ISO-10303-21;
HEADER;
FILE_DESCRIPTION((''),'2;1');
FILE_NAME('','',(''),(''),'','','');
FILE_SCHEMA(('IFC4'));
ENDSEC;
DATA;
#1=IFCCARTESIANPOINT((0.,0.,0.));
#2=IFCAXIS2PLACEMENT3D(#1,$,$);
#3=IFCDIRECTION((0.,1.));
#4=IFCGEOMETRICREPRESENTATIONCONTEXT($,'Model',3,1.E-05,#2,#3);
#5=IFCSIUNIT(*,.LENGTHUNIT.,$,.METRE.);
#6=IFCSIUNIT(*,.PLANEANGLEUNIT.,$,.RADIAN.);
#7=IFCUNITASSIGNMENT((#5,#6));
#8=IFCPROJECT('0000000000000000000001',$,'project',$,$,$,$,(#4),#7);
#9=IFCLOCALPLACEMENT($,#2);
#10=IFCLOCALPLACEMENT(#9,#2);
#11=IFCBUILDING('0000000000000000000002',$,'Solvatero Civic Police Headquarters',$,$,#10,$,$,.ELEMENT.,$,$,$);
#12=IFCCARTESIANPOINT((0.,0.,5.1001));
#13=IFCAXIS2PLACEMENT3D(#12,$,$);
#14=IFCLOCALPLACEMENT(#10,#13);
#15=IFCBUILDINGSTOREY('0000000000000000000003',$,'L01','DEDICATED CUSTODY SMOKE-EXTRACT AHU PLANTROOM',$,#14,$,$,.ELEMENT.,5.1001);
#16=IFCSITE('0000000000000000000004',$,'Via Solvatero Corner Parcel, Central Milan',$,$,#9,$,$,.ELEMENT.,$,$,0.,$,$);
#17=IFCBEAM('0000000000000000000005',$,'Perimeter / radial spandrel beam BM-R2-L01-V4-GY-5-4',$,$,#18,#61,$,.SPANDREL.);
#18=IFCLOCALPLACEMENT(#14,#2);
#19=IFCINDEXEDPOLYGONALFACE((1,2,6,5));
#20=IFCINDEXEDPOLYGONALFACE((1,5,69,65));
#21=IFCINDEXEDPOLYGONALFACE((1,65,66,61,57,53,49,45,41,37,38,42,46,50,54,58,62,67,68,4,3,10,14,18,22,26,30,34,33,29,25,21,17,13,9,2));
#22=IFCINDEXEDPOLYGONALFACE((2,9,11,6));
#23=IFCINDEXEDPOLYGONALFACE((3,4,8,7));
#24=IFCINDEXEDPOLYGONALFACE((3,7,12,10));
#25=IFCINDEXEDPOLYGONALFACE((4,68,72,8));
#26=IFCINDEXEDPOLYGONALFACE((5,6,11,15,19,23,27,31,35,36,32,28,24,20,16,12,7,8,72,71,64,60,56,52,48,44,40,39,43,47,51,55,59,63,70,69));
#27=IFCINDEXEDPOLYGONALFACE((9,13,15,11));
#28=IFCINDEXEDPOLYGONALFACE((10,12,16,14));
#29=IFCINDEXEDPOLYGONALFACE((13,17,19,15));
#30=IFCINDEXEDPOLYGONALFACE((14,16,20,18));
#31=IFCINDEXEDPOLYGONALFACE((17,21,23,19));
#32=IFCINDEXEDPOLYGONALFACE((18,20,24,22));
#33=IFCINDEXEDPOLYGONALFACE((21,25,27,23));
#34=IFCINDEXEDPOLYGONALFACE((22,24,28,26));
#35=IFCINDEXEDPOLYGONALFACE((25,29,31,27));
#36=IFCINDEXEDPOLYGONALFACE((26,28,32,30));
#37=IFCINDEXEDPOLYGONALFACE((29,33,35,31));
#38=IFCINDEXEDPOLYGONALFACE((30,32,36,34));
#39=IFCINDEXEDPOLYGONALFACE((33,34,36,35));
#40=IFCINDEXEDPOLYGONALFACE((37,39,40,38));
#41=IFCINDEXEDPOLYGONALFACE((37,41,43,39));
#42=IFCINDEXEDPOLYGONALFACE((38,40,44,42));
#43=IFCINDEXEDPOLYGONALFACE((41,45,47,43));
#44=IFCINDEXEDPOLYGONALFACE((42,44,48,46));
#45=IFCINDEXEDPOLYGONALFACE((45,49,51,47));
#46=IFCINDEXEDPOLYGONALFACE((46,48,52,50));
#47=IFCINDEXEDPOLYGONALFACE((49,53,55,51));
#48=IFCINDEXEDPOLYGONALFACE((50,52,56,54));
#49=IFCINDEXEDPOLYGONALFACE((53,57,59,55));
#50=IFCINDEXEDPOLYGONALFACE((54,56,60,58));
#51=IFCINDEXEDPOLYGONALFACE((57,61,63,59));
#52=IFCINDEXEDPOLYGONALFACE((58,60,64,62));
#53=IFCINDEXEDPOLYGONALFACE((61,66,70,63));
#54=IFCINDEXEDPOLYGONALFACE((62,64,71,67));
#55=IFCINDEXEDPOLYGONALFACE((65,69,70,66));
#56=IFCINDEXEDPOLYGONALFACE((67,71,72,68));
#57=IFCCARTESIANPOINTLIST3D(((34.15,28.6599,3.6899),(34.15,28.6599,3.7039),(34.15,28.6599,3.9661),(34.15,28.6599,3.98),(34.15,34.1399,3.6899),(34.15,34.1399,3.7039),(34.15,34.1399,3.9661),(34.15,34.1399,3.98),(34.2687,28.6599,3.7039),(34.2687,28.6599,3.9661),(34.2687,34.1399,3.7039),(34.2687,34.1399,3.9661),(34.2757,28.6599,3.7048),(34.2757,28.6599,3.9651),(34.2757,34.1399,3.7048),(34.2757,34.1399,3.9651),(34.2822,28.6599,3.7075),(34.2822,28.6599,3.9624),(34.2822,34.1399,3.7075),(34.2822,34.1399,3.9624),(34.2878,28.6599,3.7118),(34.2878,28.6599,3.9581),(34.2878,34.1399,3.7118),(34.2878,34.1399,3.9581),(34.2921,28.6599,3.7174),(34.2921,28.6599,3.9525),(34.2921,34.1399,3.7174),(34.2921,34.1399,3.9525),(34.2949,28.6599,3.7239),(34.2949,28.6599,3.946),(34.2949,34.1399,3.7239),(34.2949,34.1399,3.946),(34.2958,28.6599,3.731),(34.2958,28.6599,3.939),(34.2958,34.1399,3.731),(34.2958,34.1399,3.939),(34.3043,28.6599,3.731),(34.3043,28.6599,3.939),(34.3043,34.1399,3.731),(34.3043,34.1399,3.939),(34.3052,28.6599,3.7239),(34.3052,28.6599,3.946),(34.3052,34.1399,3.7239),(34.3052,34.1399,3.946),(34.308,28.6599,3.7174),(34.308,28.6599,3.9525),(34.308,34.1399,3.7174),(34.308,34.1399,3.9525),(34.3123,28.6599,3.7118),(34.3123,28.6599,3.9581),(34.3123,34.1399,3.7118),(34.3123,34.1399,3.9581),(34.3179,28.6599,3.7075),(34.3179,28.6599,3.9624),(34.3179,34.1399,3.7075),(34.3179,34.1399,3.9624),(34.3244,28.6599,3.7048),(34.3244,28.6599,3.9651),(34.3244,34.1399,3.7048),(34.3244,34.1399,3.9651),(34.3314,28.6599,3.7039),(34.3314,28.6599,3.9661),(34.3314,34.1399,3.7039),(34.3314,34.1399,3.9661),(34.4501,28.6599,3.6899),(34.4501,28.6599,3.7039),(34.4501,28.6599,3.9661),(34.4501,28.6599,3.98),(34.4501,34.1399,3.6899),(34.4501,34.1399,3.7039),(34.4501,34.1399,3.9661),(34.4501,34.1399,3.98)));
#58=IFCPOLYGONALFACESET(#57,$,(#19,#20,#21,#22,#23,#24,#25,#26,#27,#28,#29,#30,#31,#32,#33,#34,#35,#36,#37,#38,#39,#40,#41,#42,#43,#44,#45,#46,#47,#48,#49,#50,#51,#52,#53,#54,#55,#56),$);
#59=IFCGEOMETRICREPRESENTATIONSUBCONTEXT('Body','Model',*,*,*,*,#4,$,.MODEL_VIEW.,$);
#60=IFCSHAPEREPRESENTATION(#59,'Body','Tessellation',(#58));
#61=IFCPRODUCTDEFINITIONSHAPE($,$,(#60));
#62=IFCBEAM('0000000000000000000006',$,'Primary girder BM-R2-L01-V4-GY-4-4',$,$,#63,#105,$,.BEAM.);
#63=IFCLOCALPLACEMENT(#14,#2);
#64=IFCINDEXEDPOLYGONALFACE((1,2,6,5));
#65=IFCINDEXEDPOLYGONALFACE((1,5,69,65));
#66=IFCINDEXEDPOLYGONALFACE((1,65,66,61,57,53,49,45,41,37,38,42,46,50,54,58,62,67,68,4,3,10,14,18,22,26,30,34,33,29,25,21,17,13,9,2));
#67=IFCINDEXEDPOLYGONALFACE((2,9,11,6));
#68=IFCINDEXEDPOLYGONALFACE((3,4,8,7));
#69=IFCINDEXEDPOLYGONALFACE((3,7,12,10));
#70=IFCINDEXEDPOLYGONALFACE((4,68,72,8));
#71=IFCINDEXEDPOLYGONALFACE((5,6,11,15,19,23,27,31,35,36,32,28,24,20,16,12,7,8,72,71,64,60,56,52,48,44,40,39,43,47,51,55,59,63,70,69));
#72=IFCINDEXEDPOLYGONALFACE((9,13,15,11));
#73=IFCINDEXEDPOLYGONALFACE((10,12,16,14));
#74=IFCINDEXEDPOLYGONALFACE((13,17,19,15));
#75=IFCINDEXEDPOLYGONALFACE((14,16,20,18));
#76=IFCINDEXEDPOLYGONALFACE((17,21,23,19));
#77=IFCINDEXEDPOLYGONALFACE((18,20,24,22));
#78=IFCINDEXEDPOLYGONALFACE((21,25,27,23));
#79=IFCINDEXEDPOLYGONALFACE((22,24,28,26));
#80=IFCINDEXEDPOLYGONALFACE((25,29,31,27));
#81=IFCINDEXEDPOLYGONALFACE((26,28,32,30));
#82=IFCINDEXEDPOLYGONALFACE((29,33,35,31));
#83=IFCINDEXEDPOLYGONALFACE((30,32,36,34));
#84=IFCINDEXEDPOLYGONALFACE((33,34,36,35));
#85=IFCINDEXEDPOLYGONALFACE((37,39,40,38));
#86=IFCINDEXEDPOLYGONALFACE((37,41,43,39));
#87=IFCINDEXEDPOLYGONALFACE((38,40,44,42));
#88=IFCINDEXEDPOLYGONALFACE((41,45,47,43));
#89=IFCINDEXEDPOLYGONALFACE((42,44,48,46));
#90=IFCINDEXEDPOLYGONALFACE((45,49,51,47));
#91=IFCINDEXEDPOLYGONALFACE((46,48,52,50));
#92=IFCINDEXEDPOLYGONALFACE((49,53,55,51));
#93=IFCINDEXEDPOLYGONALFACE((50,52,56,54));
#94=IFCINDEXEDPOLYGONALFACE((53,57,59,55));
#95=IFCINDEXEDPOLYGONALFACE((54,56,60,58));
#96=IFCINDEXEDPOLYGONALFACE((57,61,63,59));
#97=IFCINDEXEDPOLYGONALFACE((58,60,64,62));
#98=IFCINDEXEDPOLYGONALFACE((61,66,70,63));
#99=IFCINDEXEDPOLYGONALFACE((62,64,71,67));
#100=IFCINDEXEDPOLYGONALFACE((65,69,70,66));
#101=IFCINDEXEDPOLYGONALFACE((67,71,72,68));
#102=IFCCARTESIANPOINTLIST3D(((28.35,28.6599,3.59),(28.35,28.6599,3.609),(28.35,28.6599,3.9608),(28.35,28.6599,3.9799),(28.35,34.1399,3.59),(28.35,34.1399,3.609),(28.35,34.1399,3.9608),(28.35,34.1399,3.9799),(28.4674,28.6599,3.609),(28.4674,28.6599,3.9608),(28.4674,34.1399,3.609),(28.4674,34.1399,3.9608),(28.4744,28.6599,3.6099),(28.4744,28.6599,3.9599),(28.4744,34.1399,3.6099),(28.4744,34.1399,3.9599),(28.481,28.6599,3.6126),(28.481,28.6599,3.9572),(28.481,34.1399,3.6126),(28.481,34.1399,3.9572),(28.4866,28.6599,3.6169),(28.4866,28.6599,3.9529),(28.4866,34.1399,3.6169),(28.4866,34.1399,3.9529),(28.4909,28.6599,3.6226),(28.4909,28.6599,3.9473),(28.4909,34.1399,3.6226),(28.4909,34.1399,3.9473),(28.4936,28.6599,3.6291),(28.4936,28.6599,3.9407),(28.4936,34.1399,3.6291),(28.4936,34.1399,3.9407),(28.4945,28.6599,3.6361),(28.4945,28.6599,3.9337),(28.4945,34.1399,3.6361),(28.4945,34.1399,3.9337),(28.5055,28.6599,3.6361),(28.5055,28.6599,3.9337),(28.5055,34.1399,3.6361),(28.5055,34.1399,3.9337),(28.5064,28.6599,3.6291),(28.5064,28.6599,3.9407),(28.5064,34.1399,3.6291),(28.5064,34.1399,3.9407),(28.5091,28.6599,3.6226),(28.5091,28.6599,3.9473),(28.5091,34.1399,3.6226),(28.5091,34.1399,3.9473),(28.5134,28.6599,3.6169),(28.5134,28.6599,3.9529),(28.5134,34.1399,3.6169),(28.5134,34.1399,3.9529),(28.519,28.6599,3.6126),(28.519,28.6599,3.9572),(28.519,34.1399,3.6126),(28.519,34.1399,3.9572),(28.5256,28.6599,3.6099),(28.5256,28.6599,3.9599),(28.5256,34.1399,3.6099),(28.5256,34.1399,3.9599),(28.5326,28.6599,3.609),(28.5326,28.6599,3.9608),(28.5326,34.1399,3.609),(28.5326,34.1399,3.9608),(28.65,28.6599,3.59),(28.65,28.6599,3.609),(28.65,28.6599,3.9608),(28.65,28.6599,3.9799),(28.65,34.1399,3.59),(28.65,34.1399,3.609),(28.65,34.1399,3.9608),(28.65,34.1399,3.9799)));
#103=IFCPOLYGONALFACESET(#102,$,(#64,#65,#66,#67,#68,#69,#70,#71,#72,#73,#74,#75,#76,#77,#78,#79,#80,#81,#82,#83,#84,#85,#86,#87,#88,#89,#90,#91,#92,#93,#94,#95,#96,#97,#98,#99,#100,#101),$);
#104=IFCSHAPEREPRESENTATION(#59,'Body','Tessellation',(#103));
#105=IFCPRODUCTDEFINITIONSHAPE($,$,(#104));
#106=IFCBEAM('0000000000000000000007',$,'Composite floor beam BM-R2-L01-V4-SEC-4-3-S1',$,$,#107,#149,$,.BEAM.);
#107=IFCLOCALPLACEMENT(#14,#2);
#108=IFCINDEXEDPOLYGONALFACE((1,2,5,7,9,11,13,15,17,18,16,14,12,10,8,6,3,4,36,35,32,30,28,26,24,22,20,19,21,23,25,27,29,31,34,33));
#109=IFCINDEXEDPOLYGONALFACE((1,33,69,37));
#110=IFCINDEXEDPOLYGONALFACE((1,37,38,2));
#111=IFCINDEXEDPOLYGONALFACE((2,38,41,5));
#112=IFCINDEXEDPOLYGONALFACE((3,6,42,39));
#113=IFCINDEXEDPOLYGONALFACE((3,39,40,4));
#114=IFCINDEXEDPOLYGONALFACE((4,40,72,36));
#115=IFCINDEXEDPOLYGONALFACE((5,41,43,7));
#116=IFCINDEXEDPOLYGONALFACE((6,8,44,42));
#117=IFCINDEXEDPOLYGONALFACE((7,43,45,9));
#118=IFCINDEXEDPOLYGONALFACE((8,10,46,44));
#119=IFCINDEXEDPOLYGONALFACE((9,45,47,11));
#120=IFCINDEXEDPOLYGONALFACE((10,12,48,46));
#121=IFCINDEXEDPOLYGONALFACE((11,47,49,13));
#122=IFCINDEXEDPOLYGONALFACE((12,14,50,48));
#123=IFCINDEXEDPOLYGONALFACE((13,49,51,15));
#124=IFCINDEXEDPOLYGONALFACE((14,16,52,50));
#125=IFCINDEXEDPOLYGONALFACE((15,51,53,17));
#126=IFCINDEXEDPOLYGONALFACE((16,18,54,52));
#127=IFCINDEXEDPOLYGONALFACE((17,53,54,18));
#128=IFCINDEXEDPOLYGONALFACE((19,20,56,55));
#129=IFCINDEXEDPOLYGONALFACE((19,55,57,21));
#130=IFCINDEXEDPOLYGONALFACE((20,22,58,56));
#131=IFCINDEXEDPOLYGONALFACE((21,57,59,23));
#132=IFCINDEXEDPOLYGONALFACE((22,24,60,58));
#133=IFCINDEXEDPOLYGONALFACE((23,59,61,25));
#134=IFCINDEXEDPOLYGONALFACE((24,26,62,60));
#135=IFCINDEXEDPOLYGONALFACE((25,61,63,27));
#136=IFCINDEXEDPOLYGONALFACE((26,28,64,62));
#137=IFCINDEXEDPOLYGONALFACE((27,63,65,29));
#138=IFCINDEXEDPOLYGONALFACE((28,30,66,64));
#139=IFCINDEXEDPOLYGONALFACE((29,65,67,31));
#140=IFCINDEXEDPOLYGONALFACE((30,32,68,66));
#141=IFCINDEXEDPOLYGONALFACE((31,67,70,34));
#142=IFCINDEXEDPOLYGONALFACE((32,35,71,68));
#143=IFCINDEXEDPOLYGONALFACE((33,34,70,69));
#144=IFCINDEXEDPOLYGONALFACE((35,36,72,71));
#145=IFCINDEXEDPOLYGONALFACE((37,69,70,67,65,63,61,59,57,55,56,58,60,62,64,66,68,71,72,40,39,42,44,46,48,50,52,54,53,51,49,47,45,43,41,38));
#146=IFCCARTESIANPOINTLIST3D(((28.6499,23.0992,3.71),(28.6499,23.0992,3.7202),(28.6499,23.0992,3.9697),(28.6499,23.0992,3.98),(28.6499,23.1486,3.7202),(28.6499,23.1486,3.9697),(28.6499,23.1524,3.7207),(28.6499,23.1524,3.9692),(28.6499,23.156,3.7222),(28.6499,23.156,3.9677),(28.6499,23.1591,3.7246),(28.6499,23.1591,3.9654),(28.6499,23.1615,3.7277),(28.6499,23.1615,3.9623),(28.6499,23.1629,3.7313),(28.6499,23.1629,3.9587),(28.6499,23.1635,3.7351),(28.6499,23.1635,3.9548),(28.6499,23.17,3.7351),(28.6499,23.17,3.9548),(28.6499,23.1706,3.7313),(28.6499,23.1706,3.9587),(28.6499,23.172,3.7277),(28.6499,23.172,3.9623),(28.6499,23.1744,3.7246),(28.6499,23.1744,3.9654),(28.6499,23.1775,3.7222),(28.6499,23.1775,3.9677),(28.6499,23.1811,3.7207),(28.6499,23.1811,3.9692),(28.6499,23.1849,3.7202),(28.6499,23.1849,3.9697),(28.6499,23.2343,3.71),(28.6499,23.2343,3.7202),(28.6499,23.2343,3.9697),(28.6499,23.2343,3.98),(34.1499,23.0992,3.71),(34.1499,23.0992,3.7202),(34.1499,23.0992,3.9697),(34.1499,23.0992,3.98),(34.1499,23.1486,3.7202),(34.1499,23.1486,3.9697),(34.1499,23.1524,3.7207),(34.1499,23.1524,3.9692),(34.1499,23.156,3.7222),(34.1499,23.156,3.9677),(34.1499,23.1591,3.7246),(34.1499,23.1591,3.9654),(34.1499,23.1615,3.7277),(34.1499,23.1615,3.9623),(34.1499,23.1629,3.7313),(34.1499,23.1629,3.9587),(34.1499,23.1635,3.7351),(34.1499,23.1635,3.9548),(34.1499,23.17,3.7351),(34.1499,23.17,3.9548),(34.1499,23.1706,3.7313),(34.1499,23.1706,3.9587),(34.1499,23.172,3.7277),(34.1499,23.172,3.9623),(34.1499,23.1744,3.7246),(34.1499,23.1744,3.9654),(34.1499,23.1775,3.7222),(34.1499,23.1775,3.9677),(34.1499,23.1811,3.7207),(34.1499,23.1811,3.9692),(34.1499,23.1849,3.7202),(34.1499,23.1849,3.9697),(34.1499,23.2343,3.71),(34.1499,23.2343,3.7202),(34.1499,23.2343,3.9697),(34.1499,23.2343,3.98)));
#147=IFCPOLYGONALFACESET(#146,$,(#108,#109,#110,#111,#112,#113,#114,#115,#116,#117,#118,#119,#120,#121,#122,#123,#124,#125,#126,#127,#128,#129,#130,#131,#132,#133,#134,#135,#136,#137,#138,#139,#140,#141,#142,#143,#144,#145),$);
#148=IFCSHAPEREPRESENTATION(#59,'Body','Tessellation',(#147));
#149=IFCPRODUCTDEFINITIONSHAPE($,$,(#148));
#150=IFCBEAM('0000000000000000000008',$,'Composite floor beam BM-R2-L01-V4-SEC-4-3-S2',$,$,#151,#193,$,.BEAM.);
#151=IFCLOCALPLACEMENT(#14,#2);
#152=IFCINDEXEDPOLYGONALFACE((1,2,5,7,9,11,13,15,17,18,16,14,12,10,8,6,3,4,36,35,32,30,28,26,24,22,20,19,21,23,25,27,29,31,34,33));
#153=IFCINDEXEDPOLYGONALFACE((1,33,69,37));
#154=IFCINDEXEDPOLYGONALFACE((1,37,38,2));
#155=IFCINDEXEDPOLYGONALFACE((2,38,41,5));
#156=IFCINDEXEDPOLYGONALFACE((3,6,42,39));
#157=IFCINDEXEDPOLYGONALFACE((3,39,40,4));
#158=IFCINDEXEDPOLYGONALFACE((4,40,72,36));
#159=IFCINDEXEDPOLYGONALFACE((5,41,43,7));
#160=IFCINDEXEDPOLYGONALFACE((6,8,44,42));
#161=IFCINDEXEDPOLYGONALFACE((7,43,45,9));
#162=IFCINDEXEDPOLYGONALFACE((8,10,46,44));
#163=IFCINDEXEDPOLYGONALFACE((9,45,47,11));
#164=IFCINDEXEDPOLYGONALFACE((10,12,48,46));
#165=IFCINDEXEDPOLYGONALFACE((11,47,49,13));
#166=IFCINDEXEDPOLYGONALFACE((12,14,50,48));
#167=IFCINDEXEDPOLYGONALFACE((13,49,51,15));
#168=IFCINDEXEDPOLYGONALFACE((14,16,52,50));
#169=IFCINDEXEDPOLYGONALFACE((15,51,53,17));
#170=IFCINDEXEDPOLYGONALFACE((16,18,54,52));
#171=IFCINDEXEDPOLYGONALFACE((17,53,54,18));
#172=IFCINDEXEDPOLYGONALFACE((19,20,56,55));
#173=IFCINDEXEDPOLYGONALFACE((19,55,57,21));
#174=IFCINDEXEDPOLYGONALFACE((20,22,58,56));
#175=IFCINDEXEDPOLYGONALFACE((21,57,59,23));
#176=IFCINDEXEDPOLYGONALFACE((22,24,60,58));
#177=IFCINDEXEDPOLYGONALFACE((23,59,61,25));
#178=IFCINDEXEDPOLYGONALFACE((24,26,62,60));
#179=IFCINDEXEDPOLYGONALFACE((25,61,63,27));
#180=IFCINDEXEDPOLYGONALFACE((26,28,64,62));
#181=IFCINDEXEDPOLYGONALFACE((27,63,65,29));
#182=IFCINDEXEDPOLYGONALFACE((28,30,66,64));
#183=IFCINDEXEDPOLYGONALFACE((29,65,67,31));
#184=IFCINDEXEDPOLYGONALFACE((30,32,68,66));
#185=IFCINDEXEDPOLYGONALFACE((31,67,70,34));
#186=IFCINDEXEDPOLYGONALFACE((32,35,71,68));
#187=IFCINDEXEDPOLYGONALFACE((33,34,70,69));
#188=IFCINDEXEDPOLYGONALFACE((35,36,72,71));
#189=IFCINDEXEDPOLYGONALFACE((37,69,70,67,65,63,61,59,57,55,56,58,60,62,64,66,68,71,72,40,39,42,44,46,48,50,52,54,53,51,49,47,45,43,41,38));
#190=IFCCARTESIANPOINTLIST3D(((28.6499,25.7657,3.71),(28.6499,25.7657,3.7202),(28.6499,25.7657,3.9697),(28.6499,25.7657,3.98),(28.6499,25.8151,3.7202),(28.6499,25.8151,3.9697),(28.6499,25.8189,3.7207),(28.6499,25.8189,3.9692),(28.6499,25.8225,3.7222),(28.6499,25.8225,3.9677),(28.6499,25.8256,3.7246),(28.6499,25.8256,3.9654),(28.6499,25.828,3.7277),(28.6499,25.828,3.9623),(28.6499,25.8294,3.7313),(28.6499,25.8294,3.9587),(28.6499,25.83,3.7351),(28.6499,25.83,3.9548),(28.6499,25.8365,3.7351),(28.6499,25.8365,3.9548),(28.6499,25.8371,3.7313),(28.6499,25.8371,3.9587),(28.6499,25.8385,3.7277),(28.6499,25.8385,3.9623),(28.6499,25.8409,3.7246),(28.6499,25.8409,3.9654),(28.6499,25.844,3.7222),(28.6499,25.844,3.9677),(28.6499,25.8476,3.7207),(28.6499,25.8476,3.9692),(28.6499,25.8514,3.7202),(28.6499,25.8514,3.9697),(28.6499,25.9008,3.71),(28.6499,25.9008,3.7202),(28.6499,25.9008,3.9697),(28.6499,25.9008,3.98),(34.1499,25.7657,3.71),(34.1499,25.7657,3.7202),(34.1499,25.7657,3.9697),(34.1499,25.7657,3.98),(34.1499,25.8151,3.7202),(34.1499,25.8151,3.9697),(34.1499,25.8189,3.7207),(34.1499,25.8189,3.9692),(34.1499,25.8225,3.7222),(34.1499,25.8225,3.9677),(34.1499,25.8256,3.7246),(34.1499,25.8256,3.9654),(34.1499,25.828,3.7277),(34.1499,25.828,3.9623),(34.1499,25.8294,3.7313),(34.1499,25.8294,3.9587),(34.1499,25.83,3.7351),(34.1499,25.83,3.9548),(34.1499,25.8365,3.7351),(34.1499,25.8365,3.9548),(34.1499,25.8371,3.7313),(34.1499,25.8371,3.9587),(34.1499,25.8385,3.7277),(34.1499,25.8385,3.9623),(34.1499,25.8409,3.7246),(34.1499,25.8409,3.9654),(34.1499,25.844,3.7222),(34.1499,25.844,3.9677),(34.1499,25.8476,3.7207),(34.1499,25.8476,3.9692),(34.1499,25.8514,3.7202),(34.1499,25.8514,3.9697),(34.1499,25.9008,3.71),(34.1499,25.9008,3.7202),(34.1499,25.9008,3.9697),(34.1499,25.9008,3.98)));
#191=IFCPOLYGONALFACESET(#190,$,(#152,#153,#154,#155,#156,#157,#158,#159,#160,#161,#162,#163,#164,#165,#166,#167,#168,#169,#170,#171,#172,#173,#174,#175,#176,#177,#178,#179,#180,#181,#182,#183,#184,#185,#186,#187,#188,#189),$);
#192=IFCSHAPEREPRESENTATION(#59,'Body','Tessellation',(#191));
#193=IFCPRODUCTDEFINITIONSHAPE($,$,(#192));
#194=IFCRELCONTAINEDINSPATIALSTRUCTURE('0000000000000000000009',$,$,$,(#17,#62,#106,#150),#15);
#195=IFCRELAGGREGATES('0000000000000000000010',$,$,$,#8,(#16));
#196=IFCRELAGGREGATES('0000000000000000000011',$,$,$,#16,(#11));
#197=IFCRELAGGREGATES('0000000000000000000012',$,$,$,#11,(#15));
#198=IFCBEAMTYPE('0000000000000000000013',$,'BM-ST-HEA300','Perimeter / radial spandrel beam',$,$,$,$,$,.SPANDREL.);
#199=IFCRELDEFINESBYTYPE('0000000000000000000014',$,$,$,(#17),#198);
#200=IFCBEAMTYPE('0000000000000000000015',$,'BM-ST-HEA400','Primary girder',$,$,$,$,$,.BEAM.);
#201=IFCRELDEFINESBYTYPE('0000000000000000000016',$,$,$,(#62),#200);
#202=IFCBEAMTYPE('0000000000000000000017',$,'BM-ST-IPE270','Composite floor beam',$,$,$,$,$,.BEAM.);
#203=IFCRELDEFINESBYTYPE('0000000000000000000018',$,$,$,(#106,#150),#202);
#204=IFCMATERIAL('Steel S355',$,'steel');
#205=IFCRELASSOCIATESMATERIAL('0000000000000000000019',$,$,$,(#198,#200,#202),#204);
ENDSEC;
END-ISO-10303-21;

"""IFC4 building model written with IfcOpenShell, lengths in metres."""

from ifc_helpers import new_model, si_unit, direction, frame, origin, origin_2d, place, context, subcontext, project, spatial, i_section, extrude, material, material_profile, profile_set, type_object, element, save


model = new_model("IFC4")

# Units and contexts
model_context = context("Model", 3, precision=1e-05, world=origin(), true_north=direction((0.0, 1.0)))
body_context = subcontext(model_context, "Body", "Model", "MODEL_VIEW")
ifc_project = project(units=[si_unit("LENGTHUNIT", "METRE"), si_unit("PLANEANGLEUNIT", "RADIAN")], contexts=[model_context])

# Site, building, storey
site_placement = place(None, origin())
site = spatial("IfcSite", under=ifc_project, at=site_placement, Name="Via Solvatero Corner Parcel, Central Milan", CompositionType="ELEMENT", RefElevation=0.0)
building_placement = place(site_placement, origin())
building = spatial("IfcBuilding", under=site, at=building_placement, Name="Solvatero Civic Police Headquarters", CompositionType="ELEMENT")
storey_placement = place(building_placement, frame((0.0, 0.0, 5.1001)))
storey = spatial("IfcBuildingStorey", under=building, at=storey_placement, Name="L01", Description="DEDICATED CUSTODY SMOKE-EXTRACT AHU PLANTROOM", CompositionType="ELEMENT", Elevation=5.1001)

# Shared definitions
ifc_material_1 = material(Name="Steel S355", Category="steel")

# Beams
ifc_material_profile_1 = material_profile(ifc_material_1, i_section(OverallWidth=0.3, OverallDepth=0.29, WebThickness=0.0085, FlangeThickness=0.0139, FilletRadius=0.0271, at=origin_2d()), Name="HEA 300")
ifc_profile_set_1 = profile_set([ifc_material_profile_1], Name="Steel S355")
beam_type_1 = type_object("IfcBeamType", Name="BM-ST-HEA300", Description="Perimeter / radial spandrel beam", PredefinedType="SPANDREL", material=ifc_profile_set_1)
beam_1_placement = place(storey_placement, frame((34.3, 28.6599, 3.835), z_axis=(0.0, 1.0, 0.0), x_axis=(-1.0, 0.0, 0.0)))
element("IfcBeam", 1, at=beam_1_placement, inside=storey, type_object=beam_type_1, Name="Perimeter / radial spandrel beam BM-R2-L01-V4-GY-5-4", PredefinedType="SPANDREL", context=body_context, shape_type="SweptSolid", body=[
    extrude(i_section(OverallWidth=0.3, OverallDepth=0.29, WebThickness=0.0085, FlangeThickness=0.0139, FilletRadius=0.0271, at=origin_2d()), origin(), (0.0, 0.0, 1.0), 5.48),
])
ifc_material_profile_2 = material_profile(ifc_material_1, i_section(OverallWidth=0.3, OverallDepth=0.3899, WebThickness=0.011, FlangeThickness=0.019, FilletRadius=0.0271, at=origin_2d()), Name="HEA 400")
ifc_profile_set_2 = profile_set([ifc_material_profile_2], Name="Steel S355")
beam_type_2 = type_object("IfcBeamType", Name="BM-ST-HEA400", Description="Primary girder", PredefinedType="BEAM", material=ifc_profile_set_2)
beam_2_placement = place(storey_placement, frame((28.5, 28.6599, 3.7849), z_axis=(0.0, 1.0, 0.0), x_axis=(-1.0, 0.0, 0.0)))
element("IfcBeam", 2, at=beam_2_placement, inside=storey, type_object=beam_type_2, Name="Primary girder BM-R2-L01-V4-GY-4-4", PredefinedType="BEAM", context=body_context, shape_type="SweptSolid", body=[
    extrude(i_section(OverallWidth=0.3, OverallDepth=0.3899, WebThickness=0.011, FlangeThickness=0.019, FilletRadius=0.0271, at=origin_2d()), origin(), (0.0, 0.0, 1.0), 5.48),
])
ifc_material_profile_3 = material_profile(ifc_material_1, i_section(OverallWidth=0.135, OverallDepth=0.27, WebThickness=0.0066, FlangeThickness=0.0103, FilletRadius=0.0149, at=origin_2d()), Name="IPE 270")
ifc_profile_set_3 = profile_set([ifc_material_profile_3], Name="Steel S355")
beam_type_3 = type_object("IfcBeamType", Name="BM-ST-IPE270", Description="Composite floor beam", PredefinedType="BEAM", material=ifc_profile_set_3)
for number, where, z_axis, x_axis, name in (
    (3, (28.6499, 23.1667, 3.845), (1.0, 0.0, 0.0), (0.0, 1.0, 0.0), "Composite floor beam BM-R2-L01-V4-SEC-4-3-S1"),
    (4, (28.6499, 25.8333, 3.845), (1.0, 0.0, 0.0), (0.0, 1.0, 0.0), "Composite floor beam BM-R2-L01-V4-SEC-4-3-S2"),
):
    element("IfcBeam", number, at=place(storey_placement, frame(where, z_axis=z_axis, x_axis=x_axis)), inside=storey, type_object=beam_type_3, Name=name, PredefinedType="BEAM", context=body_context, shape_type="SweptSolid", body=[
        extrude(i_section(OverallWidth=0.135, OverallDepth=0.27, WebThickness=0.0066, FlangeThickness=0.0103, FilletRadius=0.0149, at=origin_2d()), origin(), (0.0, 0.0, 1.0), 5.5),
    ])

save(model, "model.ifc")
